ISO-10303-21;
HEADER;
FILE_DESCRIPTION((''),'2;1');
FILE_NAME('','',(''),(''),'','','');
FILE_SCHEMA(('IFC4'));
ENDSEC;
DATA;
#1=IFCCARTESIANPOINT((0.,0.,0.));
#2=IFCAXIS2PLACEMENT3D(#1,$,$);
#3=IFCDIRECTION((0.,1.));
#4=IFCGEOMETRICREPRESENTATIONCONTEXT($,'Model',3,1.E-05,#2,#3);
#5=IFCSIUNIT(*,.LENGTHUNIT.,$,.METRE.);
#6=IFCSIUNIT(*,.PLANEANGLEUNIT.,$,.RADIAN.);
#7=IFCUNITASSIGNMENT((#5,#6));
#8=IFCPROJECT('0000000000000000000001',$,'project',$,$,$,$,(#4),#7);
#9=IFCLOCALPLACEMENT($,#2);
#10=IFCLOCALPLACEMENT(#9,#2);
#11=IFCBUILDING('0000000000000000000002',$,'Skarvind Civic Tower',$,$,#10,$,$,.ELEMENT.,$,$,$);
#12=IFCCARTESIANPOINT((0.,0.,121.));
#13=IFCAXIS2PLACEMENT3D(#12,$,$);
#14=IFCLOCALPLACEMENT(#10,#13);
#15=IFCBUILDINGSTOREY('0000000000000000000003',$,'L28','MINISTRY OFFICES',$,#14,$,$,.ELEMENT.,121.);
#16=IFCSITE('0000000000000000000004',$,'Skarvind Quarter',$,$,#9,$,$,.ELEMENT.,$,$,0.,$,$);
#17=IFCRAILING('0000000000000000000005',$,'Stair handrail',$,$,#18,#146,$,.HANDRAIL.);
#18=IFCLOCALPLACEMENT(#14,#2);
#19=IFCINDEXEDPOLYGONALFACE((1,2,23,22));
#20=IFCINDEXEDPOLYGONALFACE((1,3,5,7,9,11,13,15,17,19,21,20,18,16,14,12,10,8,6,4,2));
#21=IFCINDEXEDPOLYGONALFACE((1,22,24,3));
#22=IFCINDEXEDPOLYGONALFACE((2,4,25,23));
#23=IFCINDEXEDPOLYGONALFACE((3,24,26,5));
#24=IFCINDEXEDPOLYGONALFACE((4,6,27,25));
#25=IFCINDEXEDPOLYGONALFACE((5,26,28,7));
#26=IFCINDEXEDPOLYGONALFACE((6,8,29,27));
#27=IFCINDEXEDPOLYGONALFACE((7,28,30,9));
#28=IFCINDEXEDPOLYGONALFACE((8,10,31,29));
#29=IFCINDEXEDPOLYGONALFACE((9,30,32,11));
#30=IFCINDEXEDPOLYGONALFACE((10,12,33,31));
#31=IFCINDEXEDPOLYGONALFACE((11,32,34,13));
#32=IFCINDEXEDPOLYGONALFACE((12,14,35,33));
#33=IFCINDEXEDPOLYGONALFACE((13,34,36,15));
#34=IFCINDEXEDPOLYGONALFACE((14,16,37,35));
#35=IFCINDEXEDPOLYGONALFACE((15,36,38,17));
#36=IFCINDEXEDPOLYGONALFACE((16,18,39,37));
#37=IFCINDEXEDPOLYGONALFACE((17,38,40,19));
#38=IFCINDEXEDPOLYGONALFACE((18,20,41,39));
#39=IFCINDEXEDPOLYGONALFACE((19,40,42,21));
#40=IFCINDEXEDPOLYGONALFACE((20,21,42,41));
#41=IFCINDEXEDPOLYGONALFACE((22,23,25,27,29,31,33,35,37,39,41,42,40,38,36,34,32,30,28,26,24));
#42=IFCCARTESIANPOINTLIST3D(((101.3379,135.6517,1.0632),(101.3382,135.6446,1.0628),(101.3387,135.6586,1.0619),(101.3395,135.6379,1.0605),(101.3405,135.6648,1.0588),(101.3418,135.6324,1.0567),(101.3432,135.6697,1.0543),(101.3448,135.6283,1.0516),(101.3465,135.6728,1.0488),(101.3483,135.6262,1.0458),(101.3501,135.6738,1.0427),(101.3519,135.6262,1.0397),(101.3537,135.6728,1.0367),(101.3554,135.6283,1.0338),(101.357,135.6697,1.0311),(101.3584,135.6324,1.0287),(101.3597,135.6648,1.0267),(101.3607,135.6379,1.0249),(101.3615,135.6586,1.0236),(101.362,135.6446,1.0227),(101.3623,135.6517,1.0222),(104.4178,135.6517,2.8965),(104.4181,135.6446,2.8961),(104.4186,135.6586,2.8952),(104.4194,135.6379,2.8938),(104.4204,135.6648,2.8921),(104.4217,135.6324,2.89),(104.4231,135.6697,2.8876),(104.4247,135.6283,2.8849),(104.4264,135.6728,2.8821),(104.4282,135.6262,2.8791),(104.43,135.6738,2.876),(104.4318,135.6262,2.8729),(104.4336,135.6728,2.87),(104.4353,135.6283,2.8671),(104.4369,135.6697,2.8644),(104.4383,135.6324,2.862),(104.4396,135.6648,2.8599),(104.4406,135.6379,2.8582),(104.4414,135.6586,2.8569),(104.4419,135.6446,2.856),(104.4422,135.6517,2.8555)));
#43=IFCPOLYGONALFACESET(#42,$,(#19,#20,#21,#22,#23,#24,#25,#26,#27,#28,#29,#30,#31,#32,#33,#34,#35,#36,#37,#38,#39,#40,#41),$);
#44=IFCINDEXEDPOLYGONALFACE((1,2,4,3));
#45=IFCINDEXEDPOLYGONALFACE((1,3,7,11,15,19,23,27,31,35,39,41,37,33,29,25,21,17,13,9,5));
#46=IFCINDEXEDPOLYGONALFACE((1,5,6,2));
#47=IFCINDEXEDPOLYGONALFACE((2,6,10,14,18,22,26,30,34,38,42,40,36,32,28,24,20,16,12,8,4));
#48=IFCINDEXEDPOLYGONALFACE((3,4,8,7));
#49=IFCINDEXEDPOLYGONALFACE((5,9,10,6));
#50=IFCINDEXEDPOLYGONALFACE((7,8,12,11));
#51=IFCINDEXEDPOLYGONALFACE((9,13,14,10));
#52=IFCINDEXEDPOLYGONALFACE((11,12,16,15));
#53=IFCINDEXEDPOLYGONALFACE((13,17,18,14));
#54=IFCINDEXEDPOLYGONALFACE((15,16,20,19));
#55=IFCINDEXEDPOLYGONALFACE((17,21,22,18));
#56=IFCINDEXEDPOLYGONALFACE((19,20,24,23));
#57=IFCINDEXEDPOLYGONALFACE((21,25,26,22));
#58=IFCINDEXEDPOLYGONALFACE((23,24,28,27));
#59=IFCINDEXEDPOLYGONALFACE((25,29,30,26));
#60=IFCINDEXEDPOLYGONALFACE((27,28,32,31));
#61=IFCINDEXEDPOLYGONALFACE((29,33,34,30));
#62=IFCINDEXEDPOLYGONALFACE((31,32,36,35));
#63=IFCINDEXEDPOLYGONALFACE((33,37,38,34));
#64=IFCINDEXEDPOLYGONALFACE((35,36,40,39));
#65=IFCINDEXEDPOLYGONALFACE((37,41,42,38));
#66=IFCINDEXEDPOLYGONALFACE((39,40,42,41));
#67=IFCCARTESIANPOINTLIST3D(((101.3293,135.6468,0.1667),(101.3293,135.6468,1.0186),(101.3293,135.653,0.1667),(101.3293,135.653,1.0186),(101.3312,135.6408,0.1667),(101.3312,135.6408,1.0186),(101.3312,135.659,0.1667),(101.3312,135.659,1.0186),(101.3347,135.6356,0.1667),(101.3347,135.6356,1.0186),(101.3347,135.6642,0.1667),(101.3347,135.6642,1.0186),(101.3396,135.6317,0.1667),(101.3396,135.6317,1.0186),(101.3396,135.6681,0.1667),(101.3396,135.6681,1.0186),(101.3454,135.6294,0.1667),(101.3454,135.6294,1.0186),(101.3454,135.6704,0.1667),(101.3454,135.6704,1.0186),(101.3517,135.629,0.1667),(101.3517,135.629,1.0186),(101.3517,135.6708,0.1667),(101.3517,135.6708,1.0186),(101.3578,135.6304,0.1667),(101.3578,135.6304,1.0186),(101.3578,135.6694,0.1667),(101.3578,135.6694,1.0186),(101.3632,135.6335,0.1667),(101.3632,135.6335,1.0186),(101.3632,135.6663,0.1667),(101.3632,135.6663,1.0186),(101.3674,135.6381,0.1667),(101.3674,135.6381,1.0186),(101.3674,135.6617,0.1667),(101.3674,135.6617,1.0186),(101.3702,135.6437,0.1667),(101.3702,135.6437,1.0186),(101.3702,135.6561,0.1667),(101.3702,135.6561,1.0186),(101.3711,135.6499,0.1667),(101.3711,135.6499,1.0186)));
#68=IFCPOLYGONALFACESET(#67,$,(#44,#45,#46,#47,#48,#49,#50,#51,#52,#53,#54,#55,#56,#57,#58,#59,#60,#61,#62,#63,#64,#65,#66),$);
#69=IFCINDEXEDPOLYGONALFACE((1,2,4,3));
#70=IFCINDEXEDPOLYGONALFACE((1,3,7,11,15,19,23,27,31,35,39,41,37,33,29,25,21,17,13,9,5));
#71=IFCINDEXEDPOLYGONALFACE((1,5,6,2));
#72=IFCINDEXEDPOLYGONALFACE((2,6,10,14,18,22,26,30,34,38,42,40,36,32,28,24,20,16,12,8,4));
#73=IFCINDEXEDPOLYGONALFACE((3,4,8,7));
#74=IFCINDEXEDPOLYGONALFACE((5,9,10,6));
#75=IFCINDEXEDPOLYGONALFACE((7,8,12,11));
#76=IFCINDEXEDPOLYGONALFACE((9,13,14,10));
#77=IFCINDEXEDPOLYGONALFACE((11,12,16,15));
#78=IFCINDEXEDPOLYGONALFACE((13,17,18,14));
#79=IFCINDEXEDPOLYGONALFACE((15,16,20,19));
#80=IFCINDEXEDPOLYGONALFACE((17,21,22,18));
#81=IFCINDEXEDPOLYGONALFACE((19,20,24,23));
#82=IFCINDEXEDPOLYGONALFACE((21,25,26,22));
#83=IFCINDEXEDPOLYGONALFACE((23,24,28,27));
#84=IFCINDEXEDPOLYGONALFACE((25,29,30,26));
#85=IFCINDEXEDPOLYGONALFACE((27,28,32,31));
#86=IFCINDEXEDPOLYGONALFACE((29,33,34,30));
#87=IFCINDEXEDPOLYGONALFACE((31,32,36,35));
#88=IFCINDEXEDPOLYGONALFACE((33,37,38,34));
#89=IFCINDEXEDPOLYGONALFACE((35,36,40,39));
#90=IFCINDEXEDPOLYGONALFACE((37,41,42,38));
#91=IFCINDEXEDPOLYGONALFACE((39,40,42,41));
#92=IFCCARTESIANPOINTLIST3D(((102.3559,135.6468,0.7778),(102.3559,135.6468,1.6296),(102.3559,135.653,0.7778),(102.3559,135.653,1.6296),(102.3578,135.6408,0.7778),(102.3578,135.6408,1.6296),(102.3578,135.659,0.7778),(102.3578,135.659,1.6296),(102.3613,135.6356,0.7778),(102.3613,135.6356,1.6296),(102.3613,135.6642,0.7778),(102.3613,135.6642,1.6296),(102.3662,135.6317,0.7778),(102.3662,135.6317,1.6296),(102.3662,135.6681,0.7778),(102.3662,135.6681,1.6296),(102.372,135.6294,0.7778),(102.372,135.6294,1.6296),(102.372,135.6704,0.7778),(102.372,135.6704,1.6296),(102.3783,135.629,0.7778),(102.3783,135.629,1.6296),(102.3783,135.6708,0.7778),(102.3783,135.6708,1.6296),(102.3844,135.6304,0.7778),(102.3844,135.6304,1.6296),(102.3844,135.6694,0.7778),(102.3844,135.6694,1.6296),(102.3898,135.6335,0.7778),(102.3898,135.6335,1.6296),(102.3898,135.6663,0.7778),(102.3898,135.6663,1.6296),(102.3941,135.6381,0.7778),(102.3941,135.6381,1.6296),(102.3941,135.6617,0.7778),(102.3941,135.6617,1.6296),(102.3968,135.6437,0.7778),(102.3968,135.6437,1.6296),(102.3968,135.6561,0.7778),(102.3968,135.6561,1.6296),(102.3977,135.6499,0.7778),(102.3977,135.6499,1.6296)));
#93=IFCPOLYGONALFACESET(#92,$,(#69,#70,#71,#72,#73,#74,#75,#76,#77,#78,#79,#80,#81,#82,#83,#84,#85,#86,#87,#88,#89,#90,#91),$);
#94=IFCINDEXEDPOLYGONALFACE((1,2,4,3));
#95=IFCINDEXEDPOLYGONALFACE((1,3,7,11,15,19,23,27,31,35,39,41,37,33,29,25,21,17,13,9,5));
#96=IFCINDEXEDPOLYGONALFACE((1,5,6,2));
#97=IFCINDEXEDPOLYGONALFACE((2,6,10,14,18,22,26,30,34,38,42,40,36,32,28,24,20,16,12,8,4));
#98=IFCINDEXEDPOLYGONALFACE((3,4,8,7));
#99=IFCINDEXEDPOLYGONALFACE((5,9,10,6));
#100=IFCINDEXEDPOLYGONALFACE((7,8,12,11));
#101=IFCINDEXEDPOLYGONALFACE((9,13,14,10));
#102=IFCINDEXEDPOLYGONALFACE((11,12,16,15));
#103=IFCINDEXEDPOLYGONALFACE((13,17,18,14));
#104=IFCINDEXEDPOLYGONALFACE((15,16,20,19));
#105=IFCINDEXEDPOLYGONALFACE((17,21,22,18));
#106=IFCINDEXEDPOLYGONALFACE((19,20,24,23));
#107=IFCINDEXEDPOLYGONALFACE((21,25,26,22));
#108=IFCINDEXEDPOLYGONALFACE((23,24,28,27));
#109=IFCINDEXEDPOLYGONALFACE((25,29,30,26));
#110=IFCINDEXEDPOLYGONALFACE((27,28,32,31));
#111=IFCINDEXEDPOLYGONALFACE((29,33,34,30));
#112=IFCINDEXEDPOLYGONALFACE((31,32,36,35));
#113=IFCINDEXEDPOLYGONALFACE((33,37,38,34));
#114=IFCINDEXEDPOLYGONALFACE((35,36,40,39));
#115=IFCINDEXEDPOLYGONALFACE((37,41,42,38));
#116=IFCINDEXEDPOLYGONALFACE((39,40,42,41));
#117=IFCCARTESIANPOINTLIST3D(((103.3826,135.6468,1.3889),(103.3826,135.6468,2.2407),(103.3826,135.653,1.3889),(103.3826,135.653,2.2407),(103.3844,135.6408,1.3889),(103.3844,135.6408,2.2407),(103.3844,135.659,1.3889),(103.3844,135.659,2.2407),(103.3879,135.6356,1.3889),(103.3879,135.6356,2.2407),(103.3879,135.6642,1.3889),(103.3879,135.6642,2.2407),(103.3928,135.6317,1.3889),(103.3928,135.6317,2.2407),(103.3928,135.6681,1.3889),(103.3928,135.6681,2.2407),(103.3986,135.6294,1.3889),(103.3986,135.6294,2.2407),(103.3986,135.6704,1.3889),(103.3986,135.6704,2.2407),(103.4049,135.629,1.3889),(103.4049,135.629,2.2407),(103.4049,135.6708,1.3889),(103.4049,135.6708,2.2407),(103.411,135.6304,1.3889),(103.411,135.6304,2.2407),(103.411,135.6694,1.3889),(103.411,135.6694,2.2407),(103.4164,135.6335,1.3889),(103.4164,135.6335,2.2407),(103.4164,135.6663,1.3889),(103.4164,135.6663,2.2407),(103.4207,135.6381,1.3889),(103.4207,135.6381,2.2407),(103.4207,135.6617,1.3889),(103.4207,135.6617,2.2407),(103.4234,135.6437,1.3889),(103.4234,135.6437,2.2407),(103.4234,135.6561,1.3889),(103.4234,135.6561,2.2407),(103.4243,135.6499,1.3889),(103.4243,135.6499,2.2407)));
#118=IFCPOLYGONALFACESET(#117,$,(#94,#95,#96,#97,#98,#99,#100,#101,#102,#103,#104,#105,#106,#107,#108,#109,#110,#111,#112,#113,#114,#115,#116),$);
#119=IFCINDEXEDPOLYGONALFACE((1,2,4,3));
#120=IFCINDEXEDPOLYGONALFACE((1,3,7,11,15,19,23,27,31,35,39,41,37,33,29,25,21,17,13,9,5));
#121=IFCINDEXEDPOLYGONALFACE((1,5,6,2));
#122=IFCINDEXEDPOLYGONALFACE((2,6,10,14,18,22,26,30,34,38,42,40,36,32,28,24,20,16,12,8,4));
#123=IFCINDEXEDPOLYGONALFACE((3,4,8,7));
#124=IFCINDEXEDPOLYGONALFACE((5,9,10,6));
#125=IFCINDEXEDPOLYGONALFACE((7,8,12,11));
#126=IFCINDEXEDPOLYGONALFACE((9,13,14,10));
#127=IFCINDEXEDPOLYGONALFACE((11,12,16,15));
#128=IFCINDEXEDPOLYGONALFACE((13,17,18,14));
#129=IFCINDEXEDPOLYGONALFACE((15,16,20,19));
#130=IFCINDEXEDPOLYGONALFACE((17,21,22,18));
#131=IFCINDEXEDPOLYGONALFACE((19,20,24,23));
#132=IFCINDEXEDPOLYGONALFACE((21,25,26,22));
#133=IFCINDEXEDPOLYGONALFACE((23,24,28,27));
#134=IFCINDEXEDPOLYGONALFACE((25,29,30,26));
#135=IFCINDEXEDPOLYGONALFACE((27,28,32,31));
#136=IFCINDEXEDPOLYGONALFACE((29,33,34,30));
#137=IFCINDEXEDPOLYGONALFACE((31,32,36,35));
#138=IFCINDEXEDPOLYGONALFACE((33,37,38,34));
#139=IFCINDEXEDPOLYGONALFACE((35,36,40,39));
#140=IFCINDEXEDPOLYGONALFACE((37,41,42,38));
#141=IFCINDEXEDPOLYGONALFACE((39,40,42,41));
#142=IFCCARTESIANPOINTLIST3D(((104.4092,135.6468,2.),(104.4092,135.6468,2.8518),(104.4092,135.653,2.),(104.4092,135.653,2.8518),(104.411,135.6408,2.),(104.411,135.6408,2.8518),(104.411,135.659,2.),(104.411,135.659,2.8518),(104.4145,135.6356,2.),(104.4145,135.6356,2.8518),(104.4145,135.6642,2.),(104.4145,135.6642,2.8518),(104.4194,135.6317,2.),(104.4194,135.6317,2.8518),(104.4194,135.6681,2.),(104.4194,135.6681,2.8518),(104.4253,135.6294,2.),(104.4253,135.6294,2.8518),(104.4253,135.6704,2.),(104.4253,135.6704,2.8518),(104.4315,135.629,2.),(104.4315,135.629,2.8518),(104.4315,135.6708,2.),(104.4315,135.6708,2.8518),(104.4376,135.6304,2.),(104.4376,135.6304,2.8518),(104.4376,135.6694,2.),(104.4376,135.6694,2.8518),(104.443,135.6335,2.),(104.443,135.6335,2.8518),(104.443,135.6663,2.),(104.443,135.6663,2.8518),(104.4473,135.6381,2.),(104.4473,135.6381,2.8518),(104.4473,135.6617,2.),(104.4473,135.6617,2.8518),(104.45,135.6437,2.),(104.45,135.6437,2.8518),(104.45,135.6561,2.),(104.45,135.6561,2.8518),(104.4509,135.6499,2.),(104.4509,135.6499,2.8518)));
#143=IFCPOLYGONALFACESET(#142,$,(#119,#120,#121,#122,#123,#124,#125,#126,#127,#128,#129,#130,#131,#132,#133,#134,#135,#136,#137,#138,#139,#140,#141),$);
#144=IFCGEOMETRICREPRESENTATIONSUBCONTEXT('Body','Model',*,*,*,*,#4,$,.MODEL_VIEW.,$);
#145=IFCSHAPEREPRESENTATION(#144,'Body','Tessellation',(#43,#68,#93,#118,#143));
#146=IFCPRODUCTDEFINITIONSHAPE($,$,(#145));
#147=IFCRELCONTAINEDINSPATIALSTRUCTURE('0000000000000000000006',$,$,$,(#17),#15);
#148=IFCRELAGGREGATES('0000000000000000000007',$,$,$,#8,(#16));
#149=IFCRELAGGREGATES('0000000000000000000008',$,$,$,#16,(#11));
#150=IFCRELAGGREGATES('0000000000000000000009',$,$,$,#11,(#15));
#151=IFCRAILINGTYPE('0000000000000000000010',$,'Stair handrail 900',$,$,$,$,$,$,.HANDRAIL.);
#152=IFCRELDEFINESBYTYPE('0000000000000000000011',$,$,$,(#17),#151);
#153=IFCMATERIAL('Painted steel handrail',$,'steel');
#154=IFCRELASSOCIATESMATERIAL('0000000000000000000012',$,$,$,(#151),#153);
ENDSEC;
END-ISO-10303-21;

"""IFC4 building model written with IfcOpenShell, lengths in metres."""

from ifc_helpers import new_model, si_unit, direction, frame, origin, origin_2d, place, context, subcontext, project, spatial, circle, extrude, material, type_object, element, save


model = new_model("IFC4")

# Units and contexts
model_context = context("Model", 3, precision=1e-05, world=origin(), true_north=direction((0.0, 1.0)))
body_context = subcontext(model_context, "Body", "Model", "MODEL_VIEW")
ifc_project = project(units=[si_unit("LENGTHUNIT", "METRE"), si_unit("PLANEANGLEUNIT", "RADIAN")], contexts=[model_context])

# Site, building, storey
site_placement = place(None, origin())
site = spatial("IfcSite", under=ifc_project, at=site_placement, Name="Skarvind Quarter", CompositionType="ELEMENT", RefElevation=0.0)
building_placement = place(site_placement, origin())
building = spatial("IfcBuilding", under=site, at=building_placement, Name="Skarvind Civic Tower", CompositionType="ELEMENT")
storey_placement = place(building_placement, frame((0.0, 0.0, 121.0)))
storey = spatial("IfcBuildingStorey", under=building, at=storey_placement, Name="L28", Description="MINISTRY OFFICES", CompositionType="ELEMENT", Elevation=121.0)

# Railing
ifc_material_1 = material(Name="Painted steel handrail", Category="steel")
railing_type = type_object("IfcRailingType", Name="Stair handrail 900", PredefinedType="HANDRAIL", material=ifc_material_1)
railing_1_placement = place(storey_placement, frame((101.3501, 135.6499, 0.1667)))
element("IfcRailing", 1, at=railing_1_placement, inside=storey, type_object=railing_type, Name="Stair handrail", PredefinedType="HANDRAIL", context=body_context, shape_type="SweptSolid", body=[
    extrude(circle(Radius=0.0239, at=origin_2d()), frame((0.0, 0.0, 0.876), z_axis=(0.859291, 0.0, 0.511487), x_axis=(0.0, 1.0, 0.0)), (0.0, 0.0, 1.0), 3.5842),
    extrude(circle(Radius=0.021, at=origin_2d()), origin(), (0.0, 0.0, 1.0), 0.8518),
    extrude(circle(Radius=0.021, at=origin_2d()), frame((1.0266, 0.0, 0.6111)), (0.0, 0.0, 1.0), 0.8518),
    extrude(circle(Radius=0.021, at=origin_2d()), frame((2.0532, 0.0, 1.2222)), (0.0, 0.0, 1.0), 0.8518),
    extrude(circle(Radius=0.021, at=origin_2d()), frame((3.0798, 0.0, 1.8333)), (0.0, 0.0, 1.0), 0.8518),
])

save(model, "model.ifc")
